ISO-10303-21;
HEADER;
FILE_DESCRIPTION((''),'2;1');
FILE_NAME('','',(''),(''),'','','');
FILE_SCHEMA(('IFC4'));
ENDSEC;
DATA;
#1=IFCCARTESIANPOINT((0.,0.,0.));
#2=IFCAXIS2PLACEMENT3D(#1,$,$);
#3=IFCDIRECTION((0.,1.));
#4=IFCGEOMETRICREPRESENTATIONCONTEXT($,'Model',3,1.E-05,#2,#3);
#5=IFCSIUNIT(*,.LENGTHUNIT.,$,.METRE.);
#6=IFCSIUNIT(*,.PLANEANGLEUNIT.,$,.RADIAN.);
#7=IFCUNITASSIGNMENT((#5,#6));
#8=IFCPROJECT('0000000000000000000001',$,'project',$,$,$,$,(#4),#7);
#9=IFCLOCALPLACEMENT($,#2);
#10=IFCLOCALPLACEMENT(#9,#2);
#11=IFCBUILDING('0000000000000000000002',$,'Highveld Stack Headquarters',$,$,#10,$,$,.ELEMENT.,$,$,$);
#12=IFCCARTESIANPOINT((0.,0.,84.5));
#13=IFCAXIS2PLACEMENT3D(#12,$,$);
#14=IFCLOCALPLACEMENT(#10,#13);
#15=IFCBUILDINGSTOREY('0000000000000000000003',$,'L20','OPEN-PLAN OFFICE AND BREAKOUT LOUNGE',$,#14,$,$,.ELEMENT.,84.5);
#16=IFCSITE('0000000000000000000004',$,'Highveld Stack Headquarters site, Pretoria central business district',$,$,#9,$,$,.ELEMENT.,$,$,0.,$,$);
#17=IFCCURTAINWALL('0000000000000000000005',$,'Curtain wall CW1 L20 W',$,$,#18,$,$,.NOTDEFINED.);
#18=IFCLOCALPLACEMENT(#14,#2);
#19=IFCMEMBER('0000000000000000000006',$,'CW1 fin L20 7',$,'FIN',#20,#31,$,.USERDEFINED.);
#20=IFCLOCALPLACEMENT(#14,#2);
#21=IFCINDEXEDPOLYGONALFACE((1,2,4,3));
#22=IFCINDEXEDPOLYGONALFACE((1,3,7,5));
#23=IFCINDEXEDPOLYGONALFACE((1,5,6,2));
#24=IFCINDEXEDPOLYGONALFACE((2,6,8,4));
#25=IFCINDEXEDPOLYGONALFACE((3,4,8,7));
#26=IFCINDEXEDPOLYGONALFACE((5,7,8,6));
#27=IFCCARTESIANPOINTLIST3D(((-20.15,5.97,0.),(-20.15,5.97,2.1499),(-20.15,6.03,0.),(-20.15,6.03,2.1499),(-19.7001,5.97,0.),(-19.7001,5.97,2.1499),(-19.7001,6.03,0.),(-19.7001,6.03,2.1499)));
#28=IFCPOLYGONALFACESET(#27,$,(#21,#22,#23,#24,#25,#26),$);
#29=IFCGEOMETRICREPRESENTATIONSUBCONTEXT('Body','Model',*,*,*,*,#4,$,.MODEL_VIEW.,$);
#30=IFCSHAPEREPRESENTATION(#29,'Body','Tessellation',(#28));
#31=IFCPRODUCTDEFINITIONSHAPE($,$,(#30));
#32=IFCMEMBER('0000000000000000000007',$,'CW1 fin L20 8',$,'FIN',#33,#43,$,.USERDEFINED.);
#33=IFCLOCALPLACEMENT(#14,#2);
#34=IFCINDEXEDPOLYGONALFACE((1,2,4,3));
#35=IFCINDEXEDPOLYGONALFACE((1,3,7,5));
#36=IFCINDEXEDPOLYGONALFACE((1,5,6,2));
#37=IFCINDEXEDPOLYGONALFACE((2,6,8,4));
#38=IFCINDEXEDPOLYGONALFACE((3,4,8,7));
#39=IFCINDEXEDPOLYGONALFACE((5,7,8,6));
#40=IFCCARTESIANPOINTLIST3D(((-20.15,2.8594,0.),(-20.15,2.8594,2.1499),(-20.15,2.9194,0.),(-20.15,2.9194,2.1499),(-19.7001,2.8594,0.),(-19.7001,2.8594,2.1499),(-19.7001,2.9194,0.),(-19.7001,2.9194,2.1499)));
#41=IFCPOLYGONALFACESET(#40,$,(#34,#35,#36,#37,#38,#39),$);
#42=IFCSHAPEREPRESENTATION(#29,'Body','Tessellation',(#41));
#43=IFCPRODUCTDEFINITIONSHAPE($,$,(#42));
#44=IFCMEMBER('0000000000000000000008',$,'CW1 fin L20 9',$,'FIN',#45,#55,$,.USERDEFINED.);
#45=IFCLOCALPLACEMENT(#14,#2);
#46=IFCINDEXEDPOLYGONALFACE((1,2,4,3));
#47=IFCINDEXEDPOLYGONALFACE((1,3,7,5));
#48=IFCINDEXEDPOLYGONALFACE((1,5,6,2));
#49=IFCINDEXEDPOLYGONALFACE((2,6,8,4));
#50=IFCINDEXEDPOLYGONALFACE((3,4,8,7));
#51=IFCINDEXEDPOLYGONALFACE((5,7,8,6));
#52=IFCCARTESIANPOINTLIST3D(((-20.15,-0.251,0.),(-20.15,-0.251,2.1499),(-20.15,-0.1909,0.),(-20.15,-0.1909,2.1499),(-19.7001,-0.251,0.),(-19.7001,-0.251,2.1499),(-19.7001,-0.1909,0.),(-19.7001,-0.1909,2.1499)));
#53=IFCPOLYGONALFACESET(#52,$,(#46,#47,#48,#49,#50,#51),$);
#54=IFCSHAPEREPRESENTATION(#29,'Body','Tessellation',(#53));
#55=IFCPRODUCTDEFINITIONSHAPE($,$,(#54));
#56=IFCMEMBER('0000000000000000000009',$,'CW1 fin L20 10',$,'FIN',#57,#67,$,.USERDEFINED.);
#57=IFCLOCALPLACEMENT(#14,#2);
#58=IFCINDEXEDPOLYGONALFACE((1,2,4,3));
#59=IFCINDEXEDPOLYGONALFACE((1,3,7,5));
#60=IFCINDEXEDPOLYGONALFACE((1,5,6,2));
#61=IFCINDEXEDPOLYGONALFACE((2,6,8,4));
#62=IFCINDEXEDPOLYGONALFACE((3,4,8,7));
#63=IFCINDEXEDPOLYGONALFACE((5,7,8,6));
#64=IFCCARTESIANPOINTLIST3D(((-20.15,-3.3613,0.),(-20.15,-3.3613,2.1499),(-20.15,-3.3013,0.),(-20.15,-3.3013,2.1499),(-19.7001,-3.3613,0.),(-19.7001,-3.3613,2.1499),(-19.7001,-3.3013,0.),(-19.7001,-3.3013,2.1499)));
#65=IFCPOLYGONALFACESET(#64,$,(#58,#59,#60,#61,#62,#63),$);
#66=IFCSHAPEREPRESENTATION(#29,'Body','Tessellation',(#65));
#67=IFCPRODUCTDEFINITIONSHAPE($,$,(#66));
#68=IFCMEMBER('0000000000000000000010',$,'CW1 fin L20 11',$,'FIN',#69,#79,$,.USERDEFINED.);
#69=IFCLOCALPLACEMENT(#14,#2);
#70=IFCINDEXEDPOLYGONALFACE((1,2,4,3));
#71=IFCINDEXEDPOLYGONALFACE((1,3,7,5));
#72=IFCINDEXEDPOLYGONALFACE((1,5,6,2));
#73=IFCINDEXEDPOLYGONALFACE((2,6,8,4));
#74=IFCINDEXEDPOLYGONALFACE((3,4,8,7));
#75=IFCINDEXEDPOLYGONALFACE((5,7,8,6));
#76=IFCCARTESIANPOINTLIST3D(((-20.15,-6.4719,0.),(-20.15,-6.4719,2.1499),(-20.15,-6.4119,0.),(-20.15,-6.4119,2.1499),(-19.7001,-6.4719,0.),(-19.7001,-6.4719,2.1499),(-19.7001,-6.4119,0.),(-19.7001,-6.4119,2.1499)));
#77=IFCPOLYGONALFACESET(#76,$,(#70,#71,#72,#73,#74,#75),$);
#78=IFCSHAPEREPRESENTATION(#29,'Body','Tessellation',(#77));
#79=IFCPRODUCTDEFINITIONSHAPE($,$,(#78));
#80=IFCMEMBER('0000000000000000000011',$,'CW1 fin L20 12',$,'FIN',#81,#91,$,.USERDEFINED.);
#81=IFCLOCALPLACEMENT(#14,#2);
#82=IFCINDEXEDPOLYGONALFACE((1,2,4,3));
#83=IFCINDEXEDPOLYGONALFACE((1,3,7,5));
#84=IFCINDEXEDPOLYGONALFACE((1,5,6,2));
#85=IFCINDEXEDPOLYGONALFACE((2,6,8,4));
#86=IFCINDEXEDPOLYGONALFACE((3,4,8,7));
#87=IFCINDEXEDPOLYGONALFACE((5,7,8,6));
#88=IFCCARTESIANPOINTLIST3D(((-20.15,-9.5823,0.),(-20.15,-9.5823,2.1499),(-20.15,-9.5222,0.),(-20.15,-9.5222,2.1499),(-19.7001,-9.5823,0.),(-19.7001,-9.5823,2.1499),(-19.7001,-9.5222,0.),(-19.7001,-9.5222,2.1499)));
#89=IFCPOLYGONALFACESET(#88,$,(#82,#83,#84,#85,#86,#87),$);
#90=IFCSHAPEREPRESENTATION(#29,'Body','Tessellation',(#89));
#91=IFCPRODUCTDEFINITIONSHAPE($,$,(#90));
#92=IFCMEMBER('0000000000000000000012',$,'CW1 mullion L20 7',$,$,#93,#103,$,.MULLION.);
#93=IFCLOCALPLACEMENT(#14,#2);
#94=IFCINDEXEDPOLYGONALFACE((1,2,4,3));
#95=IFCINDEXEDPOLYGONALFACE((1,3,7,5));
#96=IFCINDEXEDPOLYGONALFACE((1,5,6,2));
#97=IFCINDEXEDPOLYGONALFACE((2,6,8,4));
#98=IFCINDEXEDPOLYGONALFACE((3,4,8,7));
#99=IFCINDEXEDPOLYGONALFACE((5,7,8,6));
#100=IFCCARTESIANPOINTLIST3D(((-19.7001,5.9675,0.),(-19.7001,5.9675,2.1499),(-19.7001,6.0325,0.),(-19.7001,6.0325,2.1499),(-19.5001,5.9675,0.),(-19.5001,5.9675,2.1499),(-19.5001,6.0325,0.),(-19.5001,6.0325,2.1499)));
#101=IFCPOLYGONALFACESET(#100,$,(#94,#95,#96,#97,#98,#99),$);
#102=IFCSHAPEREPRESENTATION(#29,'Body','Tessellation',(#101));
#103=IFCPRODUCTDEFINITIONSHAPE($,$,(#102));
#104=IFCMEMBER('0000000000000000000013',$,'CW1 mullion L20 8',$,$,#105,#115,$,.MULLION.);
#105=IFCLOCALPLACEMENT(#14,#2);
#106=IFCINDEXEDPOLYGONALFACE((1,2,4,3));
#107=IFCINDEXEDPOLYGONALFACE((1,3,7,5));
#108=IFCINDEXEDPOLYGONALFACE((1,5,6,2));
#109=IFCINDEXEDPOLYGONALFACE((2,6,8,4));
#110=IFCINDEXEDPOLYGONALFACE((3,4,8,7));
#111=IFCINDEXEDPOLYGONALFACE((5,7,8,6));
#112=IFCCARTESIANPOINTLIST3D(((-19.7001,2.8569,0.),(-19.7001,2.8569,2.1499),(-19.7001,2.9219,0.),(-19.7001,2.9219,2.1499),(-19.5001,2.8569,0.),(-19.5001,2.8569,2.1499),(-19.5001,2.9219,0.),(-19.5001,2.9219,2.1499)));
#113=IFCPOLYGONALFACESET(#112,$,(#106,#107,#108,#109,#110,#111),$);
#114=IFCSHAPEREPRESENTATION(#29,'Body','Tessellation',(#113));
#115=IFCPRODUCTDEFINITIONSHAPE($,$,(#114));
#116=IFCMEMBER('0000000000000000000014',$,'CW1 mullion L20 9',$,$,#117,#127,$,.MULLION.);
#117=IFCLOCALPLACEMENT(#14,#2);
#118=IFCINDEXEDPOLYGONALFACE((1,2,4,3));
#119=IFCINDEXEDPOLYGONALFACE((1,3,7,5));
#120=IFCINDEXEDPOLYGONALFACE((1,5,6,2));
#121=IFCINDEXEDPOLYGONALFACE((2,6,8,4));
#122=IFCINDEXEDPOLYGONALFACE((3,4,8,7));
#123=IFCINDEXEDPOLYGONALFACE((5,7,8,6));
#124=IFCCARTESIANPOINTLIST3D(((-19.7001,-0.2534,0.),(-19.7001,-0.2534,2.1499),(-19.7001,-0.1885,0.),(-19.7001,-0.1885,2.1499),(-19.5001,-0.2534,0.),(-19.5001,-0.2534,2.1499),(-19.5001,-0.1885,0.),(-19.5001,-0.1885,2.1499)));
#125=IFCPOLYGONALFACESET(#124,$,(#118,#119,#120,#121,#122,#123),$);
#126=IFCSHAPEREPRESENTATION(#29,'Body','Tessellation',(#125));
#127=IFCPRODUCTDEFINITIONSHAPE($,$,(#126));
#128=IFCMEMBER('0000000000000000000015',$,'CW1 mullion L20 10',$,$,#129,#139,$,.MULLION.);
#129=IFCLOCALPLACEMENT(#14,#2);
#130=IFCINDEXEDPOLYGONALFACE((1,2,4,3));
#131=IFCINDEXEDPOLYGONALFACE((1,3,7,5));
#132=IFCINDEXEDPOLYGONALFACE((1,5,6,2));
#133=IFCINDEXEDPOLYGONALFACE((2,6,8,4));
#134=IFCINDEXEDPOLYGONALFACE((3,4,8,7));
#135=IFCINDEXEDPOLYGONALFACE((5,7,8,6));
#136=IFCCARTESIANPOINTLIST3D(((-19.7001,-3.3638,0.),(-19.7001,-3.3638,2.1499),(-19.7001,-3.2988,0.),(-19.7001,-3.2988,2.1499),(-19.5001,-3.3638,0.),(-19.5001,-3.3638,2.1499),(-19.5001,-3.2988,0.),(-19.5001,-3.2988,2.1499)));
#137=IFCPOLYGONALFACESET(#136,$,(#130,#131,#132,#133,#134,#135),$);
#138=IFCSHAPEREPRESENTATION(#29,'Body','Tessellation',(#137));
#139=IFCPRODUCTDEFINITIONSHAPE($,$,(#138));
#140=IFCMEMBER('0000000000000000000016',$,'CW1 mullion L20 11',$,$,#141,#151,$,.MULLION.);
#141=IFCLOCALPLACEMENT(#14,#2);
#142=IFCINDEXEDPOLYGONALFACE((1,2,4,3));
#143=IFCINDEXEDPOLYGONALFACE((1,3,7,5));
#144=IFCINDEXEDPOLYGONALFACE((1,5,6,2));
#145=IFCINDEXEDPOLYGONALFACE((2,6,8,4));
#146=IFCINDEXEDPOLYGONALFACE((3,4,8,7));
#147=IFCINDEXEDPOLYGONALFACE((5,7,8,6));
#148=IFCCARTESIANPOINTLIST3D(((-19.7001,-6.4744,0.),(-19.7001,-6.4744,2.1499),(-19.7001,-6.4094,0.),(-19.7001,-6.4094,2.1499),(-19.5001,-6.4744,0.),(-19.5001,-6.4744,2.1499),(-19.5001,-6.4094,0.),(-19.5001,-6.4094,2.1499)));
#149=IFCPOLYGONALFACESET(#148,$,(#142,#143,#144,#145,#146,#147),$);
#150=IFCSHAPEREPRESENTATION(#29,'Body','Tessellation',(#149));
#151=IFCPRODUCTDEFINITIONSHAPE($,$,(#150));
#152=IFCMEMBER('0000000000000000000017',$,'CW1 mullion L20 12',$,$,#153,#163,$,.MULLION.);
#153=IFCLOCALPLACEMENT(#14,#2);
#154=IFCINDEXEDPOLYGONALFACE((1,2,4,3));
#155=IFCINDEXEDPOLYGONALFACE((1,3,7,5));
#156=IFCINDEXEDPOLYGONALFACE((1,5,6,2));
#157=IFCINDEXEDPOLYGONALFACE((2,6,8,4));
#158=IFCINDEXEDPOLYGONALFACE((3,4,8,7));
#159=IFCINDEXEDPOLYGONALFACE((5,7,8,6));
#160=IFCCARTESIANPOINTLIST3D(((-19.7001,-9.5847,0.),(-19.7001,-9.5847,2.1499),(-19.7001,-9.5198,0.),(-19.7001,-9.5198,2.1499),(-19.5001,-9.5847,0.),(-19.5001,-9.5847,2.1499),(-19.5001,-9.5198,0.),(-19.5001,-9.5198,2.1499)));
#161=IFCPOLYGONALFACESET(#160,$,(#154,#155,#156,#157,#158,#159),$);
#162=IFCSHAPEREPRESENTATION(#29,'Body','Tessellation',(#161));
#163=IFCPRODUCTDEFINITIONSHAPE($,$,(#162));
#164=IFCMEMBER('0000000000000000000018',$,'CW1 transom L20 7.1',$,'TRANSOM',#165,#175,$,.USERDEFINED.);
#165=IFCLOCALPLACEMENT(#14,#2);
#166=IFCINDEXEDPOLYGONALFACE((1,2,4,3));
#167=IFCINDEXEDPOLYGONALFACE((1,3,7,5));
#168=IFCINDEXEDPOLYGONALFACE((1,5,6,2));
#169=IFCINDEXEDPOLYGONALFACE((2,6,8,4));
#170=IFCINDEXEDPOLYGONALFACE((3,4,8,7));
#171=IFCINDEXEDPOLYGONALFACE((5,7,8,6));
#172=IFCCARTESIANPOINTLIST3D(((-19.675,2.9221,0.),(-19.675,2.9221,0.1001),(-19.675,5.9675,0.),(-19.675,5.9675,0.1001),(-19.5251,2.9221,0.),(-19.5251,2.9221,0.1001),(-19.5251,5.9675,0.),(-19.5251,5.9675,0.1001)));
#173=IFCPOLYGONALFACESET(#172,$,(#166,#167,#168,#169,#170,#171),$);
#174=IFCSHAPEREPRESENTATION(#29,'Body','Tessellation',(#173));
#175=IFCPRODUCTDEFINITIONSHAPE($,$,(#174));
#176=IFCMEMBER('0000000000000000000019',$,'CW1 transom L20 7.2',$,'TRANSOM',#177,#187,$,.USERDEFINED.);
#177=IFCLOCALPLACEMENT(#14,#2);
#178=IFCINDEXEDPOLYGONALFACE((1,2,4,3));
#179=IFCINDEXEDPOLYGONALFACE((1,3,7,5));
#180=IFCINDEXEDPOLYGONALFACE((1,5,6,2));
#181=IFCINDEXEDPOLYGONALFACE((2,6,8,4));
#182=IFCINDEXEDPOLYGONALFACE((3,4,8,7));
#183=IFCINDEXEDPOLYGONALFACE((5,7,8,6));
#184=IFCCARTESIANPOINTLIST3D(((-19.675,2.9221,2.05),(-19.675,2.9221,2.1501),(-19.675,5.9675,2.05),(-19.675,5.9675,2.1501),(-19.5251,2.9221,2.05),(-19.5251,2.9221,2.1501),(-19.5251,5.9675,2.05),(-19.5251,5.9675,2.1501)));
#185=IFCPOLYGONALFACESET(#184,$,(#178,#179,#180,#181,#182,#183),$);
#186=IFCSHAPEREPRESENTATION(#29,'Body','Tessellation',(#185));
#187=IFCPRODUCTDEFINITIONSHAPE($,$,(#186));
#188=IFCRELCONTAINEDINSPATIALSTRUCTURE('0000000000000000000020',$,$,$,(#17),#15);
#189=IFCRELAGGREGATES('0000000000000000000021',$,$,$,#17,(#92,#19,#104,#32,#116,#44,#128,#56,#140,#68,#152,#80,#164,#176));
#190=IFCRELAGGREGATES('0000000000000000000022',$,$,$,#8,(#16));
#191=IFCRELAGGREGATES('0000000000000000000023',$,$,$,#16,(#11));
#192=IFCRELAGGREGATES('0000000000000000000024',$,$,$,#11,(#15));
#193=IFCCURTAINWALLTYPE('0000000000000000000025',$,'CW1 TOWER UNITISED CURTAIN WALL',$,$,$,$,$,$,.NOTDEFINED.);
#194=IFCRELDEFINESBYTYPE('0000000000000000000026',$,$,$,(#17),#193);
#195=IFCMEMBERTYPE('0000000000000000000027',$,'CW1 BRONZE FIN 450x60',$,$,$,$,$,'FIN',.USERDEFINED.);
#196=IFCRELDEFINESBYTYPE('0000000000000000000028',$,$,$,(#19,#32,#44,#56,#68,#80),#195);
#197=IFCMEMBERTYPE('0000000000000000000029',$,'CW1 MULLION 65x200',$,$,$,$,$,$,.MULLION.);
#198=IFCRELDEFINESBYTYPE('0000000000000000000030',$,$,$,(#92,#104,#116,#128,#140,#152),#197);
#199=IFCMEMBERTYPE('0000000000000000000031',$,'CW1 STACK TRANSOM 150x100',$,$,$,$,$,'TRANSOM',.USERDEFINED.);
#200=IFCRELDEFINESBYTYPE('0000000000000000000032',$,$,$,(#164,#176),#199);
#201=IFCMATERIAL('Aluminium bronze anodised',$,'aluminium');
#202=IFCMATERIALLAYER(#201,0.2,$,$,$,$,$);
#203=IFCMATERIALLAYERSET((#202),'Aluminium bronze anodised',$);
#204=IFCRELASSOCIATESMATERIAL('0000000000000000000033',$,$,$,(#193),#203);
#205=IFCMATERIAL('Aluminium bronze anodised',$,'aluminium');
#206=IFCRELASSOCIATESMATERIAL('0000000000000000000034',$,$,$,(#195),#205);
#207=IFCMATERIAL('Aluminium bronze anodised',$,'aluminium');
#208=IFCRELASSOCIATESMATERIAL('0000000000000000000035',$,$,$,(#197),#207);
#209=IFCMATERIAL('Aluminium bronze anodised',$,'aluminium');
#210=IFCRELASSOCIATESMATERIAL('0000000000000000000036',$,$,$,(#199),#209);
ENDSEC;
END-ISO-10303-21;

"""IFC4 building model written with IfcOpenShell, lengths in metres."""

from ifc_helpers import new_model, si_unit, direction, frame, origin, origin_2d, place, context, subcontext, project, spatial, rectangle, extrude, material, layer, layer_set, material_profile, profile_set, type_object, element, aggregate, save


model = new_model("IFC4")

# Units and contexts
model_context = context("Model", 3, precision=1e-05, world=origin(), true_north=direction((0.0, 1.0)))
body_context = subcontext(model_context, "Body", "Model", "MODEL_VIEW")
ifc_project = project(units=[si_unit("LENGTHUNIT", "METRE"), si_unit("PLANEANGLEUNIT", "RADIAN")], contexts=[model_context])

# Site, building, storey
site_placement = place(None, origin())
site = spatial("IfcSite", under=ifc_project, at=site_placement, Name="Highveld Stack Headquarters site, Pretoria central business district", CompositionType="ELEMENT", RefElevation=0.0)
building_placement = place(site_placement, origin())
building = spatial("IfcBuilding", under=site, at=building_placement, Name="Highveld Stack Headquarters", CompositionType="ELEMENT")
storey_placement = place(building_placement, frame((0.0, 0.0, 84.5)))
storey = spatial("IfcBuildingStorey", under=building, at=storey_placement, Name="L20", Description="OPEN-PLAN OFFICE AND BREAKOUT LOUNGE", CompositionType="ELEMENT", Elevation=84.5)

# Curtain wall, members
ifc_material_1 = material(Name="Aluminium bronze anodised", Category="aluminium")
ifc_layer_1 = layer(ifc_material_1, 0.2)
ifc_layer_set_1 = layer_set([ifc_layer_1], Name="Aluminium bronze anodised")
curtain_wall_type = type_object("IfcCurtainWallType", Name="CW1 TOWER UNITISED CURTAIN WALL", PredefinedType="NOTDEFINED", material=ifc_layer_set_1)
curtain_wall_placement = place(storey_placement, origin())
curtain_wall = element("IfcCurtainWall", 1, at=curtain_wall_placement, inside=storey, type_object=curtain_wall_type, Name="Curtain wall CW1 L20 W", PredefinedType="NOTDEFINED")
ifc_material_2 = material(Name="Aluminium bronze anodised", Category="aluminium")
ifc_material_profile_1 = material_profile(ifc_material_2, rectangle(XDim=0.45, YDim=0.0601, at=origin_2d()), Name="FIN 450x60")
ifc_profile_set_1 = profile_set([ifc_material_profile_1], Name="Aluminium bronze anodised")
member_type_1 = type_object("IfcMemberType", Name="CW1 BRONZE FIN 450x60", ElementType="FIN", PredefinedType="USERDEFINED", material=ifc_profile_set_1)
member_1_placement = place(storey_placement, frame((-19.925, 6.0, 0.0), z_axis=(0.0, 0.0, 1.0), x_axis=(1.0, 0.0, 0.0)))
member_1 = element("IfcMember", 2, at=member_1_placement, type_object=member_type_1, Name="CW1 fin L20 7", ObjectType="FIN", PredefinedType="USERDEFINED", context=body_context, shape_type="SweptSolid", body=[
    extrude(rectangle(XDim=0.45, YDim=0.0601, at=origin_2d()), origin(), (0.0, 0.0, 1.0), 2.1499),
])
member_2_placement = place(storey_placement, frame((-19.925, 2.8894, 0.0), z_axis=(0.0, 0.0, 1.0), x_axis=(1.0, 0.0, 0.0)))
member_2 = element("IfcMember", 3, at=member_2_placement, type_object=member_type_1, Name="CW1 fin L20 8", ObjectType="FIN", PredefinedType="USERDEFINED", context=body_context, shape_type="SweptSolid", body=[
    extrude(rectangle(XDim=0.45, YDim=0.0601, at=origin_2d()), origin(), (0.0, 0.0, 1.0), 2.1499),
])
member_3_placement = place(storey_placement, frame((-19.925, -0.2209, 0.0), z_axis=(0.0, 0.0, 1.0), x_axis=(1.0, 0.0, 0.0)))
member_3 = element("IfcMember", 4, at=member_3_placement, type_object=member_type_1, Name="CW1 fin L20 9", ObjectType="FIN", PredefinedType="USERDEFINED", context=body_context, shape_type="SweptSolid", body=[
    extrude(rectangle(XDim=0.45, YDim=0.0601, at=origin_2d()), origin(), (0.0, 0.0, 1.0), 2.1499),
])
member_4_placement = place(storey_placement, frame((-19.925, -3.3313, 0.0), z_axis=(0.0, 0.0, 1.0), x_axis=(1.0, 0.0, 0.0)))
member_4 = element("IfcMember", 5, at=member_4_placement, type_object=member_type_1, Name="CW1 fin L20 10", ObjectType="FIN", PredefinedType="USERDEFINED", context=body_context, shape_type="SweptSolid", body=[
    extrude(rectangle(XDim=0.45, YDim=0.0601, at=origin_2d()), origin(), (0.0, 0.0, 1.0), 2.1499),
])
member_5_placement = place(storey_placement, frame((-19.925, -6.4419, 0.0), z_axis=(0.0, 0.0, 1.0), x_axis=(1.0, 0.0, 0.0)))
member_5 = element("IfcMember", 6, at=member_5_placement, type_object=member_type_1, Name="CW1 fin L20 11", ObjectType="FIN", PredefinedType="USERDEFINED", context=body_context, shape_type="SweptSolid", body=[
    extrude(rectangle(XDim=0.45, YDim=0.0601, at=origin_2d()), origin(), (0.0, 0.0, 1.0), 2.1499),
])
member_6_placement = place(storey_placement, frame((-19.925, -9.5522, 0.0), z_axis=(0.0, 0.0, 1.0), x_axis=(1.0, 0.0, 0.0)))
member_6 = element("IfcMember", 7, at=member_6_placement, type_object=member_type_1, Name="CW1 fin L20 12", ObjectType="FIN", PredefinedType="USERDEFINED", context=body_context, shape_type="SweptSolid", body=[
    extrude(rectangle(XDim=0.45, YDim=0.0601, at=origin_2d()), origin(), (0.0, 0.0, 1.0), 2.1499),
])
ifc_material_3 = material(Name="Aluminium bronze anodised", Category="aluminium")
ifc_material_profile_2 = material_profile(ifc_material_3, rectangle(XDim=0.2, YDim=0.0649, at=origin_2d()), Name="CW1 MULLION 65x200")
ifc_profile_set_2 = profile_set([ifc_material_profile_2], Name="Aluminium bronze anodised")
member_type_2 = type_object("IfcMemberType", Name="CW1 MULLION 65x200", PredefinedType="MULLION", material=ifc_profile_set_2)
member_7_placement = place(storey_placement, frame((-19.6001, 6.0, 0.0), z_axis=(0.0, 0.0, 1.0), x_axis=(1.0, 0.0, 0.0)))
member_7 = element("IfcMember", 8, at=member_7_placement, type_object=member_type_2, Name="CW1 mullion L20 7", PredefinedType="MULLION", context=body_context, shape_type="SweptSolid", body=[
    extrude(rectangle(XDim=0.2, YDim=0.0649, at=origin_2d()), origin(), (0.0, 0.0, 1.0), 2.1499),
])
member_8_placement = place(storey_placement, frame((-19.6001, 2.8894, 0.0), z_axis=(0.0, 0.0, 1.0), x_axis=(1.0, 0.0, 0.0)))
member_8 = element("IfcMember", 9, at=member_8_placement, type_object=member_type_2, Name="CW1 mullion L20 8", PredefinedType="MULLION", context=body_context, shape_type="SweptSolid", body=[
    extrude(rectangle(XDim=0.2, YDim=0.0649, at=origin_2d()), origin(), (0.0, 0.0, 1.0), 2.1499),
])
member_9_placement = place(storey_placement, frame((-19.6001, -0.2209, 0.0), z_axis=(0.0, 0.0, 1.0), x_axis=(1.0, 0.0, 0.0)))
member_9 = element("IfcMember", 10, at=member_9_placement, type_object=member_type_2, Name="CW1 mullion L20 9", PredefinedType="MULLION", context=body_context, shape_type="SweptSolid", body=[
    extrude(rectangle(XDim=0.2, YDim=0.0649, at=origin_2d()), origin(), (0.0, 0.0, 1.0), 2.1499),
])
member_10_placement = place(storey_placement, frame((-19.6001, -3.3313, 0.0), z_axis=(0.0, 0.0, 1.0), x_axis=(1.0, 0.0, 0.0)))
member_10 = element("IfcMember", 11, at=member_10_placement, type_object=member_type_2, Name="CW1 mullion L20 10", PredefinedType="MULLION", context=body_context, shape_type="SweptSolid", body=[
    extrude(rectangle(XDim=0.2, YDim=0.0649, at=origin_2d()), origin(), (0.0, 0.0, 1.0), 2.1499),
])
member_11_placement = place(storey_placement, frame((-19.6001, -6.4419, 0.0), z_axis=(0.0, 0.0, 1.0), x_axis=(1.0, 0.0, 0.0)))
member_11 = element("IfcMember", 12, at=member_11_placement, type_object=member_type_2, Name="CW1 mullion L20 11", PredefinedType="MULLION", context=body_context, shape_type="SweptSolid", body=[
    extrude(rectangle(XDim=0.2, YDim=0.0649, at=origin_2d()), origin(), (0.0, 0.0, 1.0), 2.1499),
])
member_12_placement = place(storey_placement, frame((-19.6001, -9.5522, 0.0), z_axis=(0.0, 0.0, 1.0), x_axis=(1.0, 0.0, 0.0)))
member_12 = element("IfcMember", 13, at=member_12_placement, type_object=member_type_2, Name="CW1 mullion L20 12", PredefinedType="MULLION", context=body_context, shape_type="SweptSolid", body=[
    extrude(rectangle(XDim=0.2, YDim=0.0649, at=origin_2d()), origin(), (0.0, 0.0, 1.0), 2.1499),
])
ifc_material_4 = material(Name="Aluminium bronze anodised", Category="aluminium")
ifc_material_profile_3 = material_profile(ifc_material_4, rectangle(XDim=0.1499, YDim=0.1001, at=origin_2d()), Name="CW1 TRANSOM 150x100")
ifc_profile_set_3 = profile_set([ifc_material_profile_3], Name="Aluminium bronze anodised")
member_type_3 = type_object("IfcMemberType", Name="CW1 STACK TRANSOM 150x100", ElementType="TRANSOM", PredefinedType="USERDEFINED", material=ifc_profile_set_3)
member_13_placement = place(storey_placement, frame((-19.6001, 5.9675, 0.05), z_axis=(0.0, -1.0, 0.0), x_axis=(1.0, 0.0, 0.0)))
member_13 = element("IfcMember", 14, at=member_13_placement, type_object=member_type_3, Name="CW1 transom L20 7.1", ObjectType="TRANSOM", PredefinedType="USERDEFINED", context=body_context, shape_type="SweptSolid", body=[
    extrude(rectangle(XDim=0.1499, YDim=0.1001, at=origin_2d()), origin(), (0.0, 0.0, 1.0), 3.0454),
])
member_14_placement = place(storey_placement, frame((-19.6001, 5.9675, 2.1001), z_axis=(0.0, -1.0, 0.0), x_axis=(1.0, 0.0, 0.0)))
member_14 = element("IfcMember", 15, at=member_14_placement, type_object=member_type_3, Name="CW1 transom L20 7.2", ObjectType="TRANSOM", PredefinedType="USERDEFINED", context=body_context, shape_type="SweptSolid", body=[
    extrude(rectangle(XDim=0.1499, YDim=0.1001, at=origin_2d()), origin(), (0.0, 0.0, 1.0), 3.0454),
])
aggregate(curtain_wall, [member_7, member_1, member_8, member_2, member_9, member_3, member_10, member_4, member_11, member_5, member_12, member_6, member_13, member_14])

save(model, "model.ifc")
